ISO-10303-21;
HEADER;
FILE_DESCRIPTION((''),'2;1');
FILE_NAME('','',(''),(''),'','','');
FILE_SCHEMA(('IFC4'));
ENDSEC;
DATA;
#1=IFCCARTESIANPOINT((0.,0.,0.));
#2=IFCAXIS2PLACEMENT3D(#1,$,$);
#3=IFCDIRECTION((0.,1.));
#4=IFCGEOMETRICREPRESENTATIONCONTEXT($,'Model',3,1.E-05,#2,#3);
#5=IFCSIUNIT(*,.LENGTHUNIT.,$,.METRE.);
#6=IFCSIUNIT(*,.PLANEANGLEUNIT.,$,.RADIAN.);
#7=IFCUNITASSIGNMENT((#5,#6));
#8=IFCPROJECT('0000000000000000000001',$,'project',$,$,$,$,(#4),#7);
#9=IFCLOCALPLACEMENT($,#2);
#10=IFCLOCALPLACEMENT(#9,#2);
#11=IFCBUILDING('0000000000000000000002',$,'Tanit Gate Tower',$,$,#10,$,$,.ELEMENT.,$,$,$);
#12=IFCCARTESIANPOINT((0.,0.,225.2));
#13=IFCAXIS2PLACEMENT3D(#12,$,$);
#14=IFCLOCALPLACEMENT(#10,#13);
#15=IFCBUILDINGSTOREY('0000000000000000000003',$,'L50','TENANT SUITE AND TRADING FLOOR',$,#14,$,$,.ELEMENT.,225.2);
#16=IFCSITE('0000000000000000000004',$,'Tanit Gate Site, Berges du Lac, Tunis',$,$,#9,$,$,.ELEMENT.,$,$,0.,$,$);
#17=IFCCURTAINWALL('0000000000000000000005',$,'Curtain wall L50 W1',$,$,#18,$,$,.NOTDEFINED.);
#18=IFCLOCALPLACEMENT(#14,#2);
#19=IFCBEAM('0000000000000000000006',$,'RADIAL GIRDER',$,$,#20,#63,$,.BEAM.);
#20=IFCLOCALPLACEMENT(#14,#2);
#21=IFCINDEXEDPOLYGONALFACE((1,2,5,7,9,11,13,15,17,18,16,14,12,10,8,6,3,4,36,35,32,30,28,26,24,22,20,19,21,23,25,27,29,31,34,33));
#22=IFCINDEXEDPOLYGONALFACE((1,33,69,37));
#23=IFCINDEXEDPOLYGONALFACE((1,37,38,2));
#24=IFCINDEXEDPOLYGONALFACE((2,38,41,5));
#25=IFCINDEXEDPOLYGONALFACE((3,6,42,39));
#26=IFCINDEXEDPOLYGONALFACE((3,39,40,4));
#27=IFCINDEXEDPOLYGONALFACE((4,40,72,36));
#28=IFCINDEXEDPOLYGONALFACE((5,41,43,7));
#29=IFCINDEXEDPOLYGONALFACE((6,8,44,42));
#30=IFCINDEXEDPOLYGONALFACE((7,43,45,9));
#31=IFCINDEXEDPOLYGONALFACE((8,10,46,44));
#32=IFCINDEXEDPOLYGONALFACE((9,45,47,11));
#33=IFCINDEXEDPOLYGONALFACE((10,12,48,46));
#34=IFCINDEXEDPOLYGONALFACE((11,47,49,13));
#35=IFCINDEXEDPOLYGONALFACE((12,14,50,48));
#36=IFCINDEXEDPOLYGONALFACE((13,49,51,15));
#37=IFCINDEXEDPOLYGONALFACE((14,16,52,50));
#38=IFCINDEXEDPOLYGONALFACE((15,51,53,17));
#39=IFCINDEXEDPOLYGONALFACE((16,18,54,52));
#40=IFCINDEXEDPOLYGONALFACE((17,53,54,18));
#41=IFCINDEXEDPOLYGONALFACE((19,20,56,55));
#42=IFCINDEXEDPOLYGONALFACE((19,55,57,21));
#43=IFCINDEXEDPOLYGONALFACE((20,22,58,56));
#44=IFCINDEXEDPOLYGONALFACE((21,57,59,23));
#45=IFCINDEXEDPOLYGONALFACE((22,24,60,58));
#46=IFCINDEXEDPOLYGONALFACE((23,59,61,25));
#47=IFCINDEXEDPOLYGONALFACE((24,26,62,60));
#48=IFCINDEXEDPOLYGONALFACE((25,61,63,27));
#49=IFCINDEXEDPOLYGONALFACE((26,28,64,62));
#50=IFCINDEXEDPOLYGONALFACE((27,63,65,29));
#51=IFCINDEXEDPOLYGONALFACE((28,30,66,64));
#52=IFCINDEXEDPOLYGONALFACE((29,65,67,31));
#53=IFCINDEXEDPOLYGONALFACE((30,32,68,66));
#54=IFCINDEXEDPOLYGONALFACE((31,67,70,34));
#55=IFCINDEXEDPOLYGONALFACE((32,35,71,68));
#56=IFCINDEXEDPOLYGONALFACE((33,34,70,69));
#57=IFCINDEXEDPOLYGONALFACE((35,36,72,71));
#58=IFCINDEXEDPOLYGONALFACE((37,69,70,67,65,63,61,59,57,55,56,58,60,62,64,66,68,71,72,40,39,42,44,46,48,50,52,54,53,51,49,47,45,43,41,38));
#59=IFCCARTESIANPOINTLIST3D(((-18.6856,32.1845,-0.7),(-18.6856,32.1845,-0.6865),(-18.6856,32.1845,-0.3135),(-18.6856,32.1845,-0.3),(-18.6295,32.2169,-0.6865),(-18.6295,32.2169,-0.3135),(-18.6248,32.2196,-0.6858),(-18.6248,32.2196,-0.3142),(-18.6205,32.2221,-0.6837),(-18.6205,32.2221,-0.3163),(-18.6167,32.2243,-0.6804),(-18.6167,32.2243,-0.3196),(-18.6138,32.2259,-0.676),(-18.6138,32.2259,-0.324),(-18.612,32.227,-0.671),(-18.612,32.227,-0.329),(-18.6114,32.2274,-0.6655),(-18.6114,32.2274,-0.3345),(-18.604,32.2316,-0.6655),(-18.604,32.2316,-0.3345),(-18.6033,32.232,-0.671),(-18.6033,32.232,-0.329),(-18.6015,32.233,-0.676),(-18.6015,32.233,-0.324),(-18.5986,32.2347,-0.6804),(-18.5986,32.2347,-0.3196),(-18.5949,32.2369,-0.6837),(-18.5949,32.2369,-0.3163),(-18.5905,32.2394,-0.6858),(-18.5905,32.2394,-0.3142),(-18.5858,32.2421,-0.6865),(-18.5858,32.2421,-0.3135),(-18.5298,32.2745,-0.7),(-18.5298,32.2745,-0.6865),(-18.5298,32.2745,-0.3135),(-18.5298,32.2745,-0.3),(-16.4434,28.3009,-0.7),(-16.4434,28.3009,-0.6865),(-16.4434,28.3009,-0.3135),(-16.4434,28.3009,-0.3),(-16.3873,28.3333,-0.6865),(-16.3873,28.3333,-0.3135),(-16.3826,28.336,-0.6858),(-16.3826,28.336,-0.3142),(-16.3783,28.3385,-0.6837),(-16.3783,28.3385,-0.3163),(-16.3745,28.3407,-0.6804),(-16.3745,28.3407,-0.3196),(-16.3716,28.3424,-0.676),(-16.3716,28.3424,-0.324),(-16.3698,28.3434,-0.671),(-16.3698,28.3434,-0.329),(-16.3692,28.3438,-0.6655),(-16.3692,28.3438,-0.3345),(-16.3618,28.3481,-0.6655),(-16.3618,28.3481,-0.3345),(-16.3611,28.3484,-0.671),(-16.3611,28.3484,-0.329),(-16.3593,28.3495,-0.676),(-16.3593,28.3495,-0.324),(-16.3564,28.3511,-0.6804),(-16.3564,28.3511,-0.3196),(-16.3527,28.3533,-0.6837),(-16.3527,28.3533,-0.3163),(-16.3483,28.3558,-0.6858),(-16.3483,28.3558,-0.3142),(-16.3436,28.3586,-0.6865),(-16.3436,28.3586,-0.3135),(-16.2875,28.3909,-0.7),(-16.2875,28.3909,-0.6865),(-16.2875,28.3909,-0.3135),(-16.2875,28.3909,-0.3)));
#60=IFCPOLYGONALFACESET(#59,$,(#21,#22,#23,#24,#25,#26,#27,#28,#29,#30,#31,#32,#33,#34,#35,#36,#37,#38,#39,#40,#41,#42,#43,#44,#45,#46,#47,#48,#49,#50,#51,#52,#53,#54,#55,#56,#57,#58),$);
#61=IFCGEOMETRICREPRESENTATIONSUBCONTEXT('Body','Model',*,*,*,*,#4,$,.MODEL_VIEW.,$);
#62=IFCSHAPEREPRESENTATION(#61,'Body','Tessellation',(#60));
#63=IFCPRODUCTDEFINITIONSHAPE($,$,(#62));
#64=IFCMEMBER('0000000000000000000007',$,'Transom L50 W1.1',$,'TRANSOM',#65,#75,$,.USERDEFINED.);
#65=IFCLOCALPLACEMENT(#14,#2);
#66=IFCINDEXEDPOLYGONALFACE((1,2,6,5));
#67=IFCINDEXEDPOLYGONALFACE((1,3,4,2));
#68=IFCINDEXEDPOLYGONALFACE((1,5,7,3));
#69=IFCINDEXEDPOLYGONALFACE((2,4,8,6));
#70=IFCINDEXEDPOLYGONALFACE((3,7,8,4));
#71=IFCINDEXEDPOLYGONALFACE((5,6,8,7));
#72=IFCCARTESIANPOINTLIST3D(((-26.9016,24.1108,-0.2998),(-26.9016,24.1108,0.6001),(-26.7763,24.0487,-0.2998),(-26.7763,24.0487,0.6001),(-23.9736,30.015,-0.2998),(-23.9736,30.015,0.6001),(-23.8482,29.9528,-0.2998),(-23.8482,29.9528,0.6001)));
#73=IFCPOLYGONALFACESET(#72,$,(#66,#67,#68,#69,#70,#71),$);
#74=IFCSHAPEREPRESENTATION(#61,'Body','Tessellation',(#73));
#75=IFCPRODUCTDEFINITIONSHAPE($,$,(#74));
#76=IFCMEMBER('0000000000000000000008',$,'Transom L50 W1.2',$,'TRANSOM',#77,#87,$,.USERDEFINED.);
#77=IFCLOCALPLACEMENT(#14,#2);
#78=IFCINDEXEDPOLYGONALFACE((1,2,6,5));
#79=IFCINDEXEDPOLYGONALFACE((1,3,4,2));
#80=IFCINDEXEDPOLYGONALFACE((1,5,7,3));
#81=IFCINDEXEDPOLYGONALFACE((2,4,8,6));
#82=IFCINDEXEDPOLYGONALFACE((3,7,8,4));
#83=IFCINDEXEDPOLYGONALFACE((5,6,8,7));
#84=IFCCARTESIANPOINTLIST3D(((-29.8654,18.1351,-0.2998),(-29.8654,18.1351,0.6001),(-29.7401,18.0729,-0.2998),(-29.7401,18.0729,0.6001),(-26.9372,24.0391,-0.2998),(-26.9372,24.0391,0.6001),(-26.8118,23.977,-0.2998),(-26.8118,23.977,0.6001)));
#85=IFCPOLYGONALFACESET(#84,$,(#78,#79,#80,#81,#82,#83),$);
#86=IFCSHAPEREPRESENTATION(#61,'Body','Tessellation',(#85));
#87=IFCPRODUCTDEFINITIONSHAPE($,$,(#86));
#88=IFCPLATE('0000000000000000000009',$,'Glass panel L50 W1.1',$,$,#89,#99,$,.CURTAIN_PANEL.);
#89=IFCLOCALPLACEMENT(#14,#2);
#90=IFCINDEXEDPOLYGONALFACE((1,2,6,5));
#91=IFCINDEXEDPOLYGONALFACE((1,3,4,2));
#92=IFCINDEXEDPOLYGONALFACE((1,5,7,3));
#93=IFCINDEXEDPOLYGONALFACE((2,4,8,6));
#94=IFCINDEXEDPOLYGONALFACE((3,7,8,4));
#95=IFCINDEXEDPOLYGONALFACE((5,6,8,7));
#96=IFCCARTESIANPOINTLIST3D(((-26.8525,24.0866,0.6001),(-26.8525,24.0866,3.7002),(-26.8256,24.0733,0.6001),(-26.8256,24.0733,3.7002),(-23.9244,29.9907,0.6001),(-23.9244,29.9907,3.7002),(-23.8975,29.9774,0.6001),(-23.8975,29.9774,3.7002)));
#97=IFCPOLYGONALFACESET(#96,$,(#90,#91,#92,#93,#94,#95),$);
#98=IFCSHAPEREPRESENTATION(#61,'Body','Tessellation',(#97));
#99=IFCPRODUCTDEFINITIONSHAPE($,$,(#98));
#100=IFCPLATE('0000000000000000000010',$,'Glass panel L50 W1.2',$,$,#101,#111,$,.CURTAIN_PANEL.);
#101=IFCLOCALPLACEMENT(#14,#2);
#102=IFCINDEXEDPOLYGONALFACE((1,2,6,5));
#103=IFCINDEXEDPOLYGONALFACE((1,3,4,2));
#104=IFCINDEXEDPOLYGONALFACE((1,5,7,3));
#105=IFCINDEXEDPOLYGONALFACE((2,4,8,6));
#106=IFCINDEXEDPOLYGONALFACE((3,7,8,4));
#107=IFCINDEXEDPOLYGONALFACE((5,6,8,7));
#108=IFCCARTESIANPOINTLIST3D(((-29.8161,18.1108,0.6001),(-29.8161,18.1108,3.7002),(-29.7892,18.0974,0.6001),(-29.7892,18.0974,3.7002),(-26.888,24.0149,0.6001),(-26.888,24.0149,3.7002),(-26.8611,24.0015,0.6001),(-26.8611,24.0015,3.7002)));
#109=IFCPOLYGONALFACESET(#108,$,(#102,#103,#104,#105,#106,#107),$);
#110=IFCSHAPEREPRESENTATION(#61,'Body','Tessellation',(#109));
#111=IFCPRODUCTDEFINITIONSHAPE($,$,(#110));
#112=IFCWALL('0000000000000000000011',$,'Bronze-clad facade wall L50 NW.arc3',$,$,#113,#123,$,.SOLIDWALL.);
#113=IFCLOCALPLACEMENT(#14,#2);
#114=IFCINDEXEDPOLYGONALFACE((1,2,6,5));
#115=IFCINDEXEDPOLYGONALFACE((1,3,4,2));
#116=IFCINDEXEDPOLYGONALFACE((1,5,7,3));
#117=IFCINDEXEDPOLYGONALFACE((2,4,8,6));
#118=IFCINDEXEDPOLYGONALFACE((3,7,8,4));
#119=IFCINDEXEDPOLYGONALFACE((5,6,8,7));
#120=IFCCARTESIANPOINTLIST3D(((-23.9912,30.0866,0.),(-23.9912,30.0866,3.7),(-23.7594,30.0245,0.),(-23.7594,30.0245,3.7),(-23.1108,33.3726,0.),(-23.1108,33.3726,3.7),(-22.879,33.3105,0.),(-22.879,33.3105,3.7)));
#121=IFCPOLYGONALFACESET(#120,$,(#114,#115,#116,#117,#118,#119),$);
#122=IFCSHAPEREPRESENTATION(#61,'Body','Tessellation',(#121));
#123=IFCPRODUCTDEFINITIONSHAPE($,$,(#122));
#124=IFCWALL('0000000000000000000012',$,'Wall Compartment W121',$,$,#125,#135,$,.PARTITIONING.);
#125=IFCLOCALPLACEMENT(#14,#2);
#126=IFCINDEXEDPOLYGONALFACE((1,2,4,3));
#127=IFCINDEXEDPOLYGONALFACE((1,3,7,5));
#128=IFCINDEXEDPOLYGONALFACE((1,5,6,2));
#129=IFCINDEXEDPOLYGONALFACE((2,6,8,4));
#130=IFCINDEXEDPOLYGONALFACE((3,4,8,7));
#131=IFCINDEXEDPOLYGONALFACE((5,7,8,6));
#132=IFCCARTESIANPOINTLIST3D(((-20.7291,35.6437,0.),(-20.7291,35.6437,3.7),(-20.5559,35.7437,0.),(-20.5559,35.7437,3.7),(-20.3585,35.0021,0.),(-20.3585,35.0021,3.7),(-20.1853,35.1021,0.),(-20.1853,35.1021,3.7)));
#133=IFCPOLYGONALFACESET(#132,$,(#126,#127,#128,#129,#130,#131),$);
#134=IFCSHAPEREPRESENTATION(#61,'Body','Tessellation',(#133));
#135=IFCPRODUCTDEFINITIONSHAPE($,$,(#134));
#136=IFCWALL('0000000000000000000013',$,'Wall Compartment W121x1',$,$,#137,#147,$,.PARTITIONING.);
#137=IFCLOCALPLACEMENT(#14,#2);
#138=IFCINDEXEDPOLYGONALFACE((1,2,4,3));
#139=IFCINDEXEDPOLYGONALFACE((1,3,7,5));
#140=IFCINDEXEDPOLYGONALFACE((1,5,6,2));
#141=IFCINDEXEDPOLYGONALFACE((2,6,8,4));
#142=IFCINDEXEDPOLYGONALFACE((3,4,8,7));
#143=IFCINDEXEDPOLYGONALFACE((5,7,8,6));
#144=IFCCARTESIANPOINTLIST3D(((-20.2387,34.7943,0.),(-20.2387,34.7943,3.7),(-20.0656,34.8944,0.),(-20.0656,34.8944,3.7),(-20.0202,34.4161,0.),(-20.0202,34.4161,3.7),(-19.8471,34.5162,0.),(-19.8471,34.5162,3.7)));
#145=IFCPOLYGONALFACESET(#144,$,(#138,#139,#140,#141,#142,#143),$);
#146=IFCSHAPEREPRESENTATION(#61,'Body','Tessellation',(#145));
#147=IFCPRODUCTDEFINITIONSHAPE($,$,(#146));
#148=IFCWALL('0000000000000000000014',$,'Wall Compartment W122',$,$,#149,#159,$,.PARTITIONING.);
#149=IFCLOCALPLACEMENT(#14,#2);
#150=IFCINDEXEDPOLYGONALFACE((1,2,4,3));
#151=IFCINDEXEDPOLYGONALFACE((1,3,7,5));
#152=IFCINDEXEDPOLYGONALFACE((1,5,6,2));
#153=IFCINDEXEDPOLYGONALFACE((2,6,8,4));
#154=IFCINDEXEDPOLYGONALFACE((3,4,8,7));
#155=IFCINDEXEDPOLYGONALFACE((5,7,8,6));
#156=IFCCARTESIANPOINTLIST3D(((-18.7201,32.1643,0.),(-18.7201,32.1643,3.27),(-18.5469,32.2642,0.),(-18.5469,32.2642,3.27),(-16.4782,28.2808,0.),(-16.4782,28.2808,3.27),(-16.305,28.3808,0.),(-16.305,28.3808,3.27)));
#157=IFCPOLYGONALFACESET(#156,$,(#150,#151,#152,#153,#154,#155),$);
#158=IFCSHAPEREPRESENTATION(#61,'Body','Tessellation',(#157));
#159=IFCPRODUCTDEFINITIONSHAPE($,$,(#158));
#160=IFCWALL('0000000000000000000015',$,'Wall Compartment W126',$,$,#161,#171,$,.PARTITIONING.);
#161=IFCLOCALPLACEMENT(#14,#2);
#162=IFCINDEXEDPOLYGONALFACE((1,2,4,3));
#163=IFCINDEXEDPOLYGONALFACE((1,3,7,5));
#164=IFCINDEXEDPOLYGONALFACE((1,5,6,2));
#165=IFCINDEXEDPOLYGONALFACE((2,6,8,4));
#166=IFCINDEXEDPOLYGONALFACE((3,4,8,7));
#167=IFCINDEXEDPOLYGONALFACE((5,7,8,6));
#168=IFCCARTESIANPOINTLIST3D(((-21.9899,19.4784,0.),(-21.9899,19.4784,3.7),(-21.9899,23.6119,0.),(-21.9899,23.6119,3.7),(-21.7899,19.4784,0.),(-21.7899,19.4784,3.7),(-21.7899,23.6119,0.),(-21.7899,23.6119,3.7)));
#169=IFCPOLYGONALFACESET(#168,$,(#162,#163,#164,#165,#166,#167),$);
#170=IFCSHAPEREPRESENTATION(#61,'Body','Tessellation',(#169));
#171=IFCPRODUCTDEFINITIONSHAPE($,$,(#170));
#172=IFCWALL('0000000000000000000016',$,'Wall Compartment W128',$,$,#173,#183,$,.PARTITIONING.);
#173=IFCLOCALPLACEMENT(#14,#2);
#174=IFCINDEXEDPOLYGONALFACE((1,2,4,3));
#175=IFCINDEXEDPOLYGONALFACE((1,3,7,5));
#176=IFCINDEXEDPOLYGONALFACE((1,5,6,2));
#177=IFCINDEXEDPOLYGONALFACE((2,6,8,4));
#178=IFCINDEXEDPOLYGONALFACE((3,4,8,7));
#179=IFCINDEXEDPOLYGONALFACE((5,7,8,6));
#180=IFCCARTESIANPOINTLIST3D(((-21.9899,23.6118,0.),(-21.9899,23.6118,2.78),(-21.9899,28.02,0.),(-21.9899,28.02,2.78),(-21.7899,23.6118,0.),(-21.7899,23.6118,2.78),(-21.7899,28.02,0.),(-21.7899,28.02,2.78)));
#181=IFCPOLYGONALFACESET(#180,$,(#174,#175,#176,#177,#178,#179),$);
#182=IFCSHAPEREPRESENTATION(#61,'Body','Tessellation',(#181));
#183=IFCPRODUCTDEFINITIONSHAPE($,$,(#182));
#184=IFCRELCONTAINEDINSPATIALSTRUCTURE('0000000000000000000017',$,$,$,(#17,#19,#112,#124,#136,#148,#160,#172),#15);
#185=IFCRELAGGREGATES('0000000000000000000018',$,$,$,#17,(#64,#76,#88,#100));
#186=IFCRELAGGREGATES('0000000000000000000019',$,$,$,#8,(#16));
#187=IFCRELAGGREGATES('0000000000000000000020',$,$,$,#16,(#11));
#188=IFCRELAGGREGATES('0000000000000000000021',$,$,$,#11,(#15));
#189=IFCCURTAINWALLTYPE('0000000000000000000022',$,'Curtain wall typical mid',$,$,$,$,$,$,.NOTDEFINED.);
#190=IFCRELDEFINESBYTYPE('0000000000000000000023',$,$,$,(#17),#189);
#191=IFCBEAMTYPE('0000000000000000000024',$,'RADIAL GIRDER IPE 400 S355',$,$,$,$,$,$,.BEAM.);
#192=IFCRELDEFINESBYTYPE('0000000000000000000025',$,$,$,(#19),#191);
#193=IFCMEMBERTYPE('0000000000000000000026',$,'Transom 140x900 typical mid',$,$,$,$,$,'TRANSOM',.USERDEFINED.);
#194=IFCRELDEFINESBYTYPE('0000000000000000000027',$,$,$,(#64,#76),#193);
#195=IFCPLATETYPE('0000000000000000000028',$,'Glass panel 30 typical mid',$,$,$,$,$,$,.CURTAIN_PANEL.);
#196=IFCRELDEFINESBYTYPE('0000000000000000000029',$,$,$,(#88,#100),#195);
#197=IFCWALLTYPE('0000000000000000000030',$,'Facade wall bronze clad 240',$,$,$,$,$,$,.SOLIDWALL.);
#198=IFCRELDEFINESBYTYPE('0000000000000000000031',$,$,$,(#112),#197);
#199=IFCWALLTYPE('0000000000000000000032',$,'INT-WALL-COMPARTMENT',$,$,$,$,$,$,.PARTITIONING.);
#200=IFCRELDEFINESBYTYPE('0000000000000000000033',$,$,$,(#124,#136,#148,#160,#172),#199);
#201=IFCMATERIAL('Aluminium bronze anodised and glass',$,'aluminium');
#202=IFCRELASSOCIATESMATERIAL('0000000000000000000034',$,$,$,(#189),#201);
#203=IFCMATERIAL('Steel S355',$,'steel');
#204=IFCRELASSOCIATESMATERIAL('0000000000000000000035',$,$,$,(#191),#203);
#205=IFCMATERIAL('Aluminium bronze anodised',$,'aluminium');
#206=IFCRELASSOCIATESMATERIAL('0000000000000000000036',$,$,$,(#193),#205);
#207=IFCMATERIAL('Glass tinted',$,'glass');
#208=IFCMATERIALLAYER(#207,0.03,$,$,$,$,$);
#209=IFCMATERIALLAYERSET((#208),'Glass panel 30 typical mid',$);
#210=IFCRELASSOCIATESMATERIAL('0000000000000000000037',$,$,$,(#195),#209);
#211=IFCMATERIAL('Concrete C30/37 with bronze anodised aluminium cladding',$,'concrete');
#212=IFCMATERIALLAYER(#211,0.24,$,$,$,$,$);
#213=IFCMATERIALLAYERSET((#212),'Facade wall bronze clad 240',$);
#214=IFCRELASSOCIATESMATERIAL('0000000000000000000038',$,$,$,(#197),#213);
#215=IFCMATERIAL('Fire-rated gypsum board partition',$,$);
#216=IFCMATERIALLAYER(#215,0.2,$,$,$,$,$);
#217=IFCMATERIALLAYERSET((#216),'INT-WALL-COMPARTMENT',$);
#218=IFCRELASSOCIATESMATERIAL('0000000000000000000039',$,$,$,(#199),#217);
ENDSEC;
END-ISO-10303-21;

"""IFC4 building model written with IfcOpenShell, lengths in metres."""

from ifc_helpers import new_model, si_unit, direction, frame, frame_2d, origin, origin_2d, place, context, subcontext, project, spatial, rectangle, i_section, extrude, material, layer, layer_set, material_profile, profile_set, type_object, element, aggregate, save


model = new_model("IFC4")

# Units and contexts
model_context = context("Model", 3, precision=1e-05, world=origin(), true_north=direction((0.0, 1.0)))
body_context = subcontext(model_context, "Body", "Model", "MODEL_VIEW")
ifc_project = project(units=[si_unit("LENGTHUNIT", "METRE"), si_unit("PLANEANGLEUNIT", "RADIAN")], contexts=[model_context])

# Site, building, storey
site_placement = place(None, origin())
site = spatial("IfcSite", under=ifc_project, at=site_placement, Name="Tanit Gate Site, Berges du Lac, Tunis", CompositionType="ELEMENT", RefElevation=0.0)
building_placement = place(site_placement, origin())
building = spatial("IfcBuilding", under=site, at=building_placement, Name="Tanit Gate Tower", CompositionType="ELEMENT")
storey_placement = place(building_placement, frame((0.0, 0.0, 225.2)))
storey = spatial("IfcBuildingStorey", under=building, at=storey_placement, Name="L50", Description="TENANT SUITE AND TRADING FLOOR", CompositionType="ELEMENT", Elevation=225.2)

# Curtain wall
ifc_material_1 = material(Name="Aluminium bronze anodised and glass", Category="aluminium")
curtain_wall_type = type_object("IfcCurtainWallType", Name="Curtain wall typical mid", PredefinedType="NOTDEFINED", material=ifc_material_1)
curtain_wall_placement = place(storey_placement, origin())
curtain_wall = element("IfcCurtainWall", 1, at=curtain_wall_placement, inside=storey, type_object=curtain_wall_type, Name="Curtain wall L50 W1", PredefinedType="NOTDEFINED")

# Beam
ifc_material_2 = material(Name="Steel S355", Category="steel")
ifc_material_profile_1 = material_profile(ifc_material_2, i_section(OverallWidth=0.1799, OverallDepth=0.3999, WebThickness=0.0085, FlangeThickness=0.0134, FilletRadius=0.021, at=origin_2d()), Name="IPE 400")
ifc_profile_set_1 = profile_set([ifc_material_profile_1], Name="Steel S355")
beam_type_1 = type_object("IfcBeamType", Name="RADIAL GIRDER IPE 400 S355", PredefinedType="BEAM", material=ifc_profile_set_1)
beam_1_placement = place(storey_placement, frame((-18.6077, 32.2295, -0.5), z_axis=(0.500004, -0.866023, 0.0), x_axis=(0.866023, 0.500004, 0.0)))
element("IfcBeam", 2, at=beam_1_placement, inside=storey, type_object=beam_type_1, Name="RADIAL GIRDER", PredefinedType="BEAM", context=body_context, shape_type="SweptSolid", body=[
    extrude(i_section(OverallWidth=0.1799, OverallDepth=0.3999, WebThickness=0.0085, FlangeThickness=0.0134, FilletRadius=0.021, at=origin_2d()), origin(), (0.0, 0.0, 1.0), 4.4844),
])

# Members
ifc_material_3 = material(Name="Aluminium bronze anodised", Category="aluminium")
ifc_material_profile_2 = material_profile(ifc_material_3, rectangle(XDim=0.1399, YDim=0.8999, at=origin_2d()), Name="140x900 bronze transom")
ifc_profile_set_2 = profile_set([ifc_material_profile_2], Name="Aluminium bronze anodised")
member_type_1 = type_object("IfcMemberType", Name="Transom 140x900 typical mid", ElementType="TRANSOM", PredefinedType="USERDEFINED", material=ifc_profile_set_2)
member_1_placement = place(storey_placement, frame((-23.9109, 29.9839, 0.1501), z_axis=(-0.444292, -0.895882, 0.0), x_axis=(0.895882, -0.444292, 0.0)))
member_1 = element("IfcMember", 3, at=member_1_placement, type_object=member_type_1, Name="Transom L50 W1.1", ObjectType="TRANSOM", PredefinedType="USERDEFINED", context=body_context, shape_type="SweptSolid", body=[
    extrude(rectangle(XDim=0.1399, YDim=0.8999, at=origin_2d()), origin(), (0.0, 0.0, 1.0), 6.5903),
])
member_2_placement = place(storey_placement, frame((-26.8745, 24.0081, 0.1501), z_axis=(-0.444322, -0.895867, 0.0), x_axis=(0.895867, -0.444322, 0.0)))
member_2 = element("IfcMember", 4, at=member_2_placement, type_object=member_type_1, Name="Transom L50 W1.2", ObjectType="TRANSOM", PredefinedType="USERDEFINED", context=body_context, shape_type="SweptSolid", body=[
    extrude(rectangle(XDim=0.1399, YDim=0.8999, at=origin_2d()), origin(), (0.0, 0.0, 1.0), 6.5903),
])

# Plates
ifc_material_4 = material(Name="Glass tinted", Category="glass")
ifc_layer_1 = layer(ifc_material_4, 0.03)
ifc_layer_set_1 = layer_set([ifc_layer_1], Name="Glass panel 30 typical mid")
plate_type = type_object("IfcPlateType", Name="Glass panel 30 typical mid", PredefinedType="CURTAIN_PANEL", material=ifc_layer_set_1)
plate_1_placement = place(storey_placement, frame((-25.375, 27.032, 0.6001), z_axis=(0.0, 0.0, 1.0), x_axis=(-0.444304, -0.895876, 0.0)))
plate_1 = element("IfcPlate", 5, at=plate_1_placement, type_object=plate_type, Name="Glass panel L50 W1.1", PredefinedType="CURTAIN_PANEL", context=body_context, shape_type="SweptSolid", body=[
    extrude(rectangle(XDim=6.5903, YDim=0.03, at=origin_2d()), origin(), (0.0, 0.0, 1.0), 3.1001),
])
plate_2_placement = place(storey_placement, frame((-28.3386, 21.0562, 0.6001), z_axis=(0.0, 0.0, 1.0), x_axis=(-0.444304, -0.895876, 0.0)))
plate_2 = element("IfcPlate", 6, at=plate_2_placement, type_object=plate_type, Name="Glass panel L50 W1.2", PredefinedType="CURTAIN_PANEL", context=body_context, shape_type="SweptSolid", body=[
    extrude(rectangle(XDim=6.5903, YDim=0.03, at=origin_2d()), origin(), (0.0, 0.0, 1.0), 3.1001),
])
aggregate(curtain_wall, [member_1, member_2, plate_1, plate_2])

# Walls
ifc_material_5 = material(Name="Concrete C30/37 with bronze anodised aluminium cladding", Category="concrete")
ifc_layer_2 = layer(ifc_material_5, 0.24)
ifc_layer_set_2 = layer_set([ifc_layer_2], Name="Facade wall bronze clad 240")
wall_type_1 = type_object("IfcWallType", Name="Facade wall bronze clad 240", PredefinedType="SOLIDWALL", material=ifc_layer_set_2)
wall_1_placement = place(storey_placement, frame((-22.9949, 33.3416, 0.0), z_axis=(0.0, 0.0, 1.0), x_axis=(-0.258797, -0.965932, 0.0)))
element("IfcWall", 7, at=wall_1_placement, inside=storey, type_object=wall_type_1, Name="Bronze-clad facade wall L50 NW.arc3", PredefinedType="SOLIDWALL", context=body_context, shape_type="SweptSolid", body=[
    extrude(rectangle(XDim=3.4019, YDim=0.24, at=frame_2d((1.7009, 0.0))), origin(), (0.0, 0.0, 1.0), 3.7),
])
ifc_material_6 = material(Name="Fire-rated gypsum board partition")
ifc_layer_3 = layer(ifc_material_6, 0.2)
ifc_layer_set_3 = layer_set([ifc_layer_3], Name="INT-WALL-COMPARTMENT")
wall_type_2 = type_object("IfcWallType", Name="INT-WALL-COMPARTMENT", PredefinedType="PARTITIONING", material=ifc_layer_set_3)
wall_2_placement = place(storey_placement, frame((-20.6426, 35.6938, 0.0), z_axis=(0.0, 0.0, 1.0), x_axis=(0.500179, -0.865922, 0.0)))
element("IfcWall", 8, at=wall_2_placement, inside=storey, type_object=wall_type_2, Name="Wall Compartment W121", PredefinedType="PARTITIONING", context=body_context, shape_type="SweptSolid", body=[
    extrude(rectangle(XDim=0.741, YDim=0.2, at=frame_2d((0.3706, 0.0))), origin(), (0.0, 0.0, 1.0), 3.7),
])
wall_3_placement = place(storey_placement, frame((-20.1521, 34.8442, 0.0), z_axis=(0.0, 0.0, 1.0), x_axis=(0.500287, -0.86586, 0.0)))
element("IfcWall", 9, at=wall_3_placement, inside=storey, type_object=wall_type_2, Name="Wall Compartment W121x1", PredefinedType="PARTITIONING", context=body_context, shape_type="SweptSolid", body=[
    extrude(rectangle(XDim=0.4368, YDim=0.2, at=frame_2d((0.2183, 0.0))), origin(), (0.0, 0.0, 1.0), 3.7),
])
wall_4_placement = place(storey_placement, frame((-18.6335, 32.2144, 0.0), z_axis=(0.0, 0.0, 1.0), x_axis=(0.499963, -0.866047, 0.0)))
element("IfcWall", 10, at=wall_4_placement, inside=storey, type_object=wall_type_2, Name="Wall Compartment W122", PredefinedType="PARTITIONING", context=body_context, shape_type="SweptSolid", body=[
    extrude(rectangle(XDim=4.4841, YDim=0.2, at=frame_2d((2.2422, 0.0))), origin(), (0.0, 0.0, 1.0), 3.27),
])
wall_5_placement = place(storey_placement, frame((-21.8899, 19.4783, 0.0), z_axis=(0.0, 0.0, 1.0), x_axis=(0.0, 1.0, 0.0)))
element("IfcWall", 11, at=wall_5_placement, inside=storey, type_object=wall_type_2, Name="Wall Compartment W126", PredefinedType="PARTITIONING", context=body_context, shape_type="SweptSolid", body=[
    extrude(rectangle(XDim=4.1335, YDim=0.2, at=frame_2d((2.0669, 0.0))), origin(), (0.0, 0.0, 1.0), 3.7),
])
wall_6_placement = place(storey_placement, frame((-21.8899, 23.6118, 0.0), z_axis=(0.0, 0.0, 1.0), x_axis=(0.0, 1.0, 0.0)))
element("IfcWall", 12, at=wall_6_placement, inside=storey, type_object=wall_type_2, Name="Wall Compartment W128", PredefinedType="PARTITIONING", context=body_context, shape_type="SweptSolid", body=[
    extrude(rectangle(XDim=4.4082, YDim=0.2, at=frame_2d((2.2041, 0.0))), origin(), (0.0, 0.0, 1.0), 2.78),
])

save(model, "model.ifc")
